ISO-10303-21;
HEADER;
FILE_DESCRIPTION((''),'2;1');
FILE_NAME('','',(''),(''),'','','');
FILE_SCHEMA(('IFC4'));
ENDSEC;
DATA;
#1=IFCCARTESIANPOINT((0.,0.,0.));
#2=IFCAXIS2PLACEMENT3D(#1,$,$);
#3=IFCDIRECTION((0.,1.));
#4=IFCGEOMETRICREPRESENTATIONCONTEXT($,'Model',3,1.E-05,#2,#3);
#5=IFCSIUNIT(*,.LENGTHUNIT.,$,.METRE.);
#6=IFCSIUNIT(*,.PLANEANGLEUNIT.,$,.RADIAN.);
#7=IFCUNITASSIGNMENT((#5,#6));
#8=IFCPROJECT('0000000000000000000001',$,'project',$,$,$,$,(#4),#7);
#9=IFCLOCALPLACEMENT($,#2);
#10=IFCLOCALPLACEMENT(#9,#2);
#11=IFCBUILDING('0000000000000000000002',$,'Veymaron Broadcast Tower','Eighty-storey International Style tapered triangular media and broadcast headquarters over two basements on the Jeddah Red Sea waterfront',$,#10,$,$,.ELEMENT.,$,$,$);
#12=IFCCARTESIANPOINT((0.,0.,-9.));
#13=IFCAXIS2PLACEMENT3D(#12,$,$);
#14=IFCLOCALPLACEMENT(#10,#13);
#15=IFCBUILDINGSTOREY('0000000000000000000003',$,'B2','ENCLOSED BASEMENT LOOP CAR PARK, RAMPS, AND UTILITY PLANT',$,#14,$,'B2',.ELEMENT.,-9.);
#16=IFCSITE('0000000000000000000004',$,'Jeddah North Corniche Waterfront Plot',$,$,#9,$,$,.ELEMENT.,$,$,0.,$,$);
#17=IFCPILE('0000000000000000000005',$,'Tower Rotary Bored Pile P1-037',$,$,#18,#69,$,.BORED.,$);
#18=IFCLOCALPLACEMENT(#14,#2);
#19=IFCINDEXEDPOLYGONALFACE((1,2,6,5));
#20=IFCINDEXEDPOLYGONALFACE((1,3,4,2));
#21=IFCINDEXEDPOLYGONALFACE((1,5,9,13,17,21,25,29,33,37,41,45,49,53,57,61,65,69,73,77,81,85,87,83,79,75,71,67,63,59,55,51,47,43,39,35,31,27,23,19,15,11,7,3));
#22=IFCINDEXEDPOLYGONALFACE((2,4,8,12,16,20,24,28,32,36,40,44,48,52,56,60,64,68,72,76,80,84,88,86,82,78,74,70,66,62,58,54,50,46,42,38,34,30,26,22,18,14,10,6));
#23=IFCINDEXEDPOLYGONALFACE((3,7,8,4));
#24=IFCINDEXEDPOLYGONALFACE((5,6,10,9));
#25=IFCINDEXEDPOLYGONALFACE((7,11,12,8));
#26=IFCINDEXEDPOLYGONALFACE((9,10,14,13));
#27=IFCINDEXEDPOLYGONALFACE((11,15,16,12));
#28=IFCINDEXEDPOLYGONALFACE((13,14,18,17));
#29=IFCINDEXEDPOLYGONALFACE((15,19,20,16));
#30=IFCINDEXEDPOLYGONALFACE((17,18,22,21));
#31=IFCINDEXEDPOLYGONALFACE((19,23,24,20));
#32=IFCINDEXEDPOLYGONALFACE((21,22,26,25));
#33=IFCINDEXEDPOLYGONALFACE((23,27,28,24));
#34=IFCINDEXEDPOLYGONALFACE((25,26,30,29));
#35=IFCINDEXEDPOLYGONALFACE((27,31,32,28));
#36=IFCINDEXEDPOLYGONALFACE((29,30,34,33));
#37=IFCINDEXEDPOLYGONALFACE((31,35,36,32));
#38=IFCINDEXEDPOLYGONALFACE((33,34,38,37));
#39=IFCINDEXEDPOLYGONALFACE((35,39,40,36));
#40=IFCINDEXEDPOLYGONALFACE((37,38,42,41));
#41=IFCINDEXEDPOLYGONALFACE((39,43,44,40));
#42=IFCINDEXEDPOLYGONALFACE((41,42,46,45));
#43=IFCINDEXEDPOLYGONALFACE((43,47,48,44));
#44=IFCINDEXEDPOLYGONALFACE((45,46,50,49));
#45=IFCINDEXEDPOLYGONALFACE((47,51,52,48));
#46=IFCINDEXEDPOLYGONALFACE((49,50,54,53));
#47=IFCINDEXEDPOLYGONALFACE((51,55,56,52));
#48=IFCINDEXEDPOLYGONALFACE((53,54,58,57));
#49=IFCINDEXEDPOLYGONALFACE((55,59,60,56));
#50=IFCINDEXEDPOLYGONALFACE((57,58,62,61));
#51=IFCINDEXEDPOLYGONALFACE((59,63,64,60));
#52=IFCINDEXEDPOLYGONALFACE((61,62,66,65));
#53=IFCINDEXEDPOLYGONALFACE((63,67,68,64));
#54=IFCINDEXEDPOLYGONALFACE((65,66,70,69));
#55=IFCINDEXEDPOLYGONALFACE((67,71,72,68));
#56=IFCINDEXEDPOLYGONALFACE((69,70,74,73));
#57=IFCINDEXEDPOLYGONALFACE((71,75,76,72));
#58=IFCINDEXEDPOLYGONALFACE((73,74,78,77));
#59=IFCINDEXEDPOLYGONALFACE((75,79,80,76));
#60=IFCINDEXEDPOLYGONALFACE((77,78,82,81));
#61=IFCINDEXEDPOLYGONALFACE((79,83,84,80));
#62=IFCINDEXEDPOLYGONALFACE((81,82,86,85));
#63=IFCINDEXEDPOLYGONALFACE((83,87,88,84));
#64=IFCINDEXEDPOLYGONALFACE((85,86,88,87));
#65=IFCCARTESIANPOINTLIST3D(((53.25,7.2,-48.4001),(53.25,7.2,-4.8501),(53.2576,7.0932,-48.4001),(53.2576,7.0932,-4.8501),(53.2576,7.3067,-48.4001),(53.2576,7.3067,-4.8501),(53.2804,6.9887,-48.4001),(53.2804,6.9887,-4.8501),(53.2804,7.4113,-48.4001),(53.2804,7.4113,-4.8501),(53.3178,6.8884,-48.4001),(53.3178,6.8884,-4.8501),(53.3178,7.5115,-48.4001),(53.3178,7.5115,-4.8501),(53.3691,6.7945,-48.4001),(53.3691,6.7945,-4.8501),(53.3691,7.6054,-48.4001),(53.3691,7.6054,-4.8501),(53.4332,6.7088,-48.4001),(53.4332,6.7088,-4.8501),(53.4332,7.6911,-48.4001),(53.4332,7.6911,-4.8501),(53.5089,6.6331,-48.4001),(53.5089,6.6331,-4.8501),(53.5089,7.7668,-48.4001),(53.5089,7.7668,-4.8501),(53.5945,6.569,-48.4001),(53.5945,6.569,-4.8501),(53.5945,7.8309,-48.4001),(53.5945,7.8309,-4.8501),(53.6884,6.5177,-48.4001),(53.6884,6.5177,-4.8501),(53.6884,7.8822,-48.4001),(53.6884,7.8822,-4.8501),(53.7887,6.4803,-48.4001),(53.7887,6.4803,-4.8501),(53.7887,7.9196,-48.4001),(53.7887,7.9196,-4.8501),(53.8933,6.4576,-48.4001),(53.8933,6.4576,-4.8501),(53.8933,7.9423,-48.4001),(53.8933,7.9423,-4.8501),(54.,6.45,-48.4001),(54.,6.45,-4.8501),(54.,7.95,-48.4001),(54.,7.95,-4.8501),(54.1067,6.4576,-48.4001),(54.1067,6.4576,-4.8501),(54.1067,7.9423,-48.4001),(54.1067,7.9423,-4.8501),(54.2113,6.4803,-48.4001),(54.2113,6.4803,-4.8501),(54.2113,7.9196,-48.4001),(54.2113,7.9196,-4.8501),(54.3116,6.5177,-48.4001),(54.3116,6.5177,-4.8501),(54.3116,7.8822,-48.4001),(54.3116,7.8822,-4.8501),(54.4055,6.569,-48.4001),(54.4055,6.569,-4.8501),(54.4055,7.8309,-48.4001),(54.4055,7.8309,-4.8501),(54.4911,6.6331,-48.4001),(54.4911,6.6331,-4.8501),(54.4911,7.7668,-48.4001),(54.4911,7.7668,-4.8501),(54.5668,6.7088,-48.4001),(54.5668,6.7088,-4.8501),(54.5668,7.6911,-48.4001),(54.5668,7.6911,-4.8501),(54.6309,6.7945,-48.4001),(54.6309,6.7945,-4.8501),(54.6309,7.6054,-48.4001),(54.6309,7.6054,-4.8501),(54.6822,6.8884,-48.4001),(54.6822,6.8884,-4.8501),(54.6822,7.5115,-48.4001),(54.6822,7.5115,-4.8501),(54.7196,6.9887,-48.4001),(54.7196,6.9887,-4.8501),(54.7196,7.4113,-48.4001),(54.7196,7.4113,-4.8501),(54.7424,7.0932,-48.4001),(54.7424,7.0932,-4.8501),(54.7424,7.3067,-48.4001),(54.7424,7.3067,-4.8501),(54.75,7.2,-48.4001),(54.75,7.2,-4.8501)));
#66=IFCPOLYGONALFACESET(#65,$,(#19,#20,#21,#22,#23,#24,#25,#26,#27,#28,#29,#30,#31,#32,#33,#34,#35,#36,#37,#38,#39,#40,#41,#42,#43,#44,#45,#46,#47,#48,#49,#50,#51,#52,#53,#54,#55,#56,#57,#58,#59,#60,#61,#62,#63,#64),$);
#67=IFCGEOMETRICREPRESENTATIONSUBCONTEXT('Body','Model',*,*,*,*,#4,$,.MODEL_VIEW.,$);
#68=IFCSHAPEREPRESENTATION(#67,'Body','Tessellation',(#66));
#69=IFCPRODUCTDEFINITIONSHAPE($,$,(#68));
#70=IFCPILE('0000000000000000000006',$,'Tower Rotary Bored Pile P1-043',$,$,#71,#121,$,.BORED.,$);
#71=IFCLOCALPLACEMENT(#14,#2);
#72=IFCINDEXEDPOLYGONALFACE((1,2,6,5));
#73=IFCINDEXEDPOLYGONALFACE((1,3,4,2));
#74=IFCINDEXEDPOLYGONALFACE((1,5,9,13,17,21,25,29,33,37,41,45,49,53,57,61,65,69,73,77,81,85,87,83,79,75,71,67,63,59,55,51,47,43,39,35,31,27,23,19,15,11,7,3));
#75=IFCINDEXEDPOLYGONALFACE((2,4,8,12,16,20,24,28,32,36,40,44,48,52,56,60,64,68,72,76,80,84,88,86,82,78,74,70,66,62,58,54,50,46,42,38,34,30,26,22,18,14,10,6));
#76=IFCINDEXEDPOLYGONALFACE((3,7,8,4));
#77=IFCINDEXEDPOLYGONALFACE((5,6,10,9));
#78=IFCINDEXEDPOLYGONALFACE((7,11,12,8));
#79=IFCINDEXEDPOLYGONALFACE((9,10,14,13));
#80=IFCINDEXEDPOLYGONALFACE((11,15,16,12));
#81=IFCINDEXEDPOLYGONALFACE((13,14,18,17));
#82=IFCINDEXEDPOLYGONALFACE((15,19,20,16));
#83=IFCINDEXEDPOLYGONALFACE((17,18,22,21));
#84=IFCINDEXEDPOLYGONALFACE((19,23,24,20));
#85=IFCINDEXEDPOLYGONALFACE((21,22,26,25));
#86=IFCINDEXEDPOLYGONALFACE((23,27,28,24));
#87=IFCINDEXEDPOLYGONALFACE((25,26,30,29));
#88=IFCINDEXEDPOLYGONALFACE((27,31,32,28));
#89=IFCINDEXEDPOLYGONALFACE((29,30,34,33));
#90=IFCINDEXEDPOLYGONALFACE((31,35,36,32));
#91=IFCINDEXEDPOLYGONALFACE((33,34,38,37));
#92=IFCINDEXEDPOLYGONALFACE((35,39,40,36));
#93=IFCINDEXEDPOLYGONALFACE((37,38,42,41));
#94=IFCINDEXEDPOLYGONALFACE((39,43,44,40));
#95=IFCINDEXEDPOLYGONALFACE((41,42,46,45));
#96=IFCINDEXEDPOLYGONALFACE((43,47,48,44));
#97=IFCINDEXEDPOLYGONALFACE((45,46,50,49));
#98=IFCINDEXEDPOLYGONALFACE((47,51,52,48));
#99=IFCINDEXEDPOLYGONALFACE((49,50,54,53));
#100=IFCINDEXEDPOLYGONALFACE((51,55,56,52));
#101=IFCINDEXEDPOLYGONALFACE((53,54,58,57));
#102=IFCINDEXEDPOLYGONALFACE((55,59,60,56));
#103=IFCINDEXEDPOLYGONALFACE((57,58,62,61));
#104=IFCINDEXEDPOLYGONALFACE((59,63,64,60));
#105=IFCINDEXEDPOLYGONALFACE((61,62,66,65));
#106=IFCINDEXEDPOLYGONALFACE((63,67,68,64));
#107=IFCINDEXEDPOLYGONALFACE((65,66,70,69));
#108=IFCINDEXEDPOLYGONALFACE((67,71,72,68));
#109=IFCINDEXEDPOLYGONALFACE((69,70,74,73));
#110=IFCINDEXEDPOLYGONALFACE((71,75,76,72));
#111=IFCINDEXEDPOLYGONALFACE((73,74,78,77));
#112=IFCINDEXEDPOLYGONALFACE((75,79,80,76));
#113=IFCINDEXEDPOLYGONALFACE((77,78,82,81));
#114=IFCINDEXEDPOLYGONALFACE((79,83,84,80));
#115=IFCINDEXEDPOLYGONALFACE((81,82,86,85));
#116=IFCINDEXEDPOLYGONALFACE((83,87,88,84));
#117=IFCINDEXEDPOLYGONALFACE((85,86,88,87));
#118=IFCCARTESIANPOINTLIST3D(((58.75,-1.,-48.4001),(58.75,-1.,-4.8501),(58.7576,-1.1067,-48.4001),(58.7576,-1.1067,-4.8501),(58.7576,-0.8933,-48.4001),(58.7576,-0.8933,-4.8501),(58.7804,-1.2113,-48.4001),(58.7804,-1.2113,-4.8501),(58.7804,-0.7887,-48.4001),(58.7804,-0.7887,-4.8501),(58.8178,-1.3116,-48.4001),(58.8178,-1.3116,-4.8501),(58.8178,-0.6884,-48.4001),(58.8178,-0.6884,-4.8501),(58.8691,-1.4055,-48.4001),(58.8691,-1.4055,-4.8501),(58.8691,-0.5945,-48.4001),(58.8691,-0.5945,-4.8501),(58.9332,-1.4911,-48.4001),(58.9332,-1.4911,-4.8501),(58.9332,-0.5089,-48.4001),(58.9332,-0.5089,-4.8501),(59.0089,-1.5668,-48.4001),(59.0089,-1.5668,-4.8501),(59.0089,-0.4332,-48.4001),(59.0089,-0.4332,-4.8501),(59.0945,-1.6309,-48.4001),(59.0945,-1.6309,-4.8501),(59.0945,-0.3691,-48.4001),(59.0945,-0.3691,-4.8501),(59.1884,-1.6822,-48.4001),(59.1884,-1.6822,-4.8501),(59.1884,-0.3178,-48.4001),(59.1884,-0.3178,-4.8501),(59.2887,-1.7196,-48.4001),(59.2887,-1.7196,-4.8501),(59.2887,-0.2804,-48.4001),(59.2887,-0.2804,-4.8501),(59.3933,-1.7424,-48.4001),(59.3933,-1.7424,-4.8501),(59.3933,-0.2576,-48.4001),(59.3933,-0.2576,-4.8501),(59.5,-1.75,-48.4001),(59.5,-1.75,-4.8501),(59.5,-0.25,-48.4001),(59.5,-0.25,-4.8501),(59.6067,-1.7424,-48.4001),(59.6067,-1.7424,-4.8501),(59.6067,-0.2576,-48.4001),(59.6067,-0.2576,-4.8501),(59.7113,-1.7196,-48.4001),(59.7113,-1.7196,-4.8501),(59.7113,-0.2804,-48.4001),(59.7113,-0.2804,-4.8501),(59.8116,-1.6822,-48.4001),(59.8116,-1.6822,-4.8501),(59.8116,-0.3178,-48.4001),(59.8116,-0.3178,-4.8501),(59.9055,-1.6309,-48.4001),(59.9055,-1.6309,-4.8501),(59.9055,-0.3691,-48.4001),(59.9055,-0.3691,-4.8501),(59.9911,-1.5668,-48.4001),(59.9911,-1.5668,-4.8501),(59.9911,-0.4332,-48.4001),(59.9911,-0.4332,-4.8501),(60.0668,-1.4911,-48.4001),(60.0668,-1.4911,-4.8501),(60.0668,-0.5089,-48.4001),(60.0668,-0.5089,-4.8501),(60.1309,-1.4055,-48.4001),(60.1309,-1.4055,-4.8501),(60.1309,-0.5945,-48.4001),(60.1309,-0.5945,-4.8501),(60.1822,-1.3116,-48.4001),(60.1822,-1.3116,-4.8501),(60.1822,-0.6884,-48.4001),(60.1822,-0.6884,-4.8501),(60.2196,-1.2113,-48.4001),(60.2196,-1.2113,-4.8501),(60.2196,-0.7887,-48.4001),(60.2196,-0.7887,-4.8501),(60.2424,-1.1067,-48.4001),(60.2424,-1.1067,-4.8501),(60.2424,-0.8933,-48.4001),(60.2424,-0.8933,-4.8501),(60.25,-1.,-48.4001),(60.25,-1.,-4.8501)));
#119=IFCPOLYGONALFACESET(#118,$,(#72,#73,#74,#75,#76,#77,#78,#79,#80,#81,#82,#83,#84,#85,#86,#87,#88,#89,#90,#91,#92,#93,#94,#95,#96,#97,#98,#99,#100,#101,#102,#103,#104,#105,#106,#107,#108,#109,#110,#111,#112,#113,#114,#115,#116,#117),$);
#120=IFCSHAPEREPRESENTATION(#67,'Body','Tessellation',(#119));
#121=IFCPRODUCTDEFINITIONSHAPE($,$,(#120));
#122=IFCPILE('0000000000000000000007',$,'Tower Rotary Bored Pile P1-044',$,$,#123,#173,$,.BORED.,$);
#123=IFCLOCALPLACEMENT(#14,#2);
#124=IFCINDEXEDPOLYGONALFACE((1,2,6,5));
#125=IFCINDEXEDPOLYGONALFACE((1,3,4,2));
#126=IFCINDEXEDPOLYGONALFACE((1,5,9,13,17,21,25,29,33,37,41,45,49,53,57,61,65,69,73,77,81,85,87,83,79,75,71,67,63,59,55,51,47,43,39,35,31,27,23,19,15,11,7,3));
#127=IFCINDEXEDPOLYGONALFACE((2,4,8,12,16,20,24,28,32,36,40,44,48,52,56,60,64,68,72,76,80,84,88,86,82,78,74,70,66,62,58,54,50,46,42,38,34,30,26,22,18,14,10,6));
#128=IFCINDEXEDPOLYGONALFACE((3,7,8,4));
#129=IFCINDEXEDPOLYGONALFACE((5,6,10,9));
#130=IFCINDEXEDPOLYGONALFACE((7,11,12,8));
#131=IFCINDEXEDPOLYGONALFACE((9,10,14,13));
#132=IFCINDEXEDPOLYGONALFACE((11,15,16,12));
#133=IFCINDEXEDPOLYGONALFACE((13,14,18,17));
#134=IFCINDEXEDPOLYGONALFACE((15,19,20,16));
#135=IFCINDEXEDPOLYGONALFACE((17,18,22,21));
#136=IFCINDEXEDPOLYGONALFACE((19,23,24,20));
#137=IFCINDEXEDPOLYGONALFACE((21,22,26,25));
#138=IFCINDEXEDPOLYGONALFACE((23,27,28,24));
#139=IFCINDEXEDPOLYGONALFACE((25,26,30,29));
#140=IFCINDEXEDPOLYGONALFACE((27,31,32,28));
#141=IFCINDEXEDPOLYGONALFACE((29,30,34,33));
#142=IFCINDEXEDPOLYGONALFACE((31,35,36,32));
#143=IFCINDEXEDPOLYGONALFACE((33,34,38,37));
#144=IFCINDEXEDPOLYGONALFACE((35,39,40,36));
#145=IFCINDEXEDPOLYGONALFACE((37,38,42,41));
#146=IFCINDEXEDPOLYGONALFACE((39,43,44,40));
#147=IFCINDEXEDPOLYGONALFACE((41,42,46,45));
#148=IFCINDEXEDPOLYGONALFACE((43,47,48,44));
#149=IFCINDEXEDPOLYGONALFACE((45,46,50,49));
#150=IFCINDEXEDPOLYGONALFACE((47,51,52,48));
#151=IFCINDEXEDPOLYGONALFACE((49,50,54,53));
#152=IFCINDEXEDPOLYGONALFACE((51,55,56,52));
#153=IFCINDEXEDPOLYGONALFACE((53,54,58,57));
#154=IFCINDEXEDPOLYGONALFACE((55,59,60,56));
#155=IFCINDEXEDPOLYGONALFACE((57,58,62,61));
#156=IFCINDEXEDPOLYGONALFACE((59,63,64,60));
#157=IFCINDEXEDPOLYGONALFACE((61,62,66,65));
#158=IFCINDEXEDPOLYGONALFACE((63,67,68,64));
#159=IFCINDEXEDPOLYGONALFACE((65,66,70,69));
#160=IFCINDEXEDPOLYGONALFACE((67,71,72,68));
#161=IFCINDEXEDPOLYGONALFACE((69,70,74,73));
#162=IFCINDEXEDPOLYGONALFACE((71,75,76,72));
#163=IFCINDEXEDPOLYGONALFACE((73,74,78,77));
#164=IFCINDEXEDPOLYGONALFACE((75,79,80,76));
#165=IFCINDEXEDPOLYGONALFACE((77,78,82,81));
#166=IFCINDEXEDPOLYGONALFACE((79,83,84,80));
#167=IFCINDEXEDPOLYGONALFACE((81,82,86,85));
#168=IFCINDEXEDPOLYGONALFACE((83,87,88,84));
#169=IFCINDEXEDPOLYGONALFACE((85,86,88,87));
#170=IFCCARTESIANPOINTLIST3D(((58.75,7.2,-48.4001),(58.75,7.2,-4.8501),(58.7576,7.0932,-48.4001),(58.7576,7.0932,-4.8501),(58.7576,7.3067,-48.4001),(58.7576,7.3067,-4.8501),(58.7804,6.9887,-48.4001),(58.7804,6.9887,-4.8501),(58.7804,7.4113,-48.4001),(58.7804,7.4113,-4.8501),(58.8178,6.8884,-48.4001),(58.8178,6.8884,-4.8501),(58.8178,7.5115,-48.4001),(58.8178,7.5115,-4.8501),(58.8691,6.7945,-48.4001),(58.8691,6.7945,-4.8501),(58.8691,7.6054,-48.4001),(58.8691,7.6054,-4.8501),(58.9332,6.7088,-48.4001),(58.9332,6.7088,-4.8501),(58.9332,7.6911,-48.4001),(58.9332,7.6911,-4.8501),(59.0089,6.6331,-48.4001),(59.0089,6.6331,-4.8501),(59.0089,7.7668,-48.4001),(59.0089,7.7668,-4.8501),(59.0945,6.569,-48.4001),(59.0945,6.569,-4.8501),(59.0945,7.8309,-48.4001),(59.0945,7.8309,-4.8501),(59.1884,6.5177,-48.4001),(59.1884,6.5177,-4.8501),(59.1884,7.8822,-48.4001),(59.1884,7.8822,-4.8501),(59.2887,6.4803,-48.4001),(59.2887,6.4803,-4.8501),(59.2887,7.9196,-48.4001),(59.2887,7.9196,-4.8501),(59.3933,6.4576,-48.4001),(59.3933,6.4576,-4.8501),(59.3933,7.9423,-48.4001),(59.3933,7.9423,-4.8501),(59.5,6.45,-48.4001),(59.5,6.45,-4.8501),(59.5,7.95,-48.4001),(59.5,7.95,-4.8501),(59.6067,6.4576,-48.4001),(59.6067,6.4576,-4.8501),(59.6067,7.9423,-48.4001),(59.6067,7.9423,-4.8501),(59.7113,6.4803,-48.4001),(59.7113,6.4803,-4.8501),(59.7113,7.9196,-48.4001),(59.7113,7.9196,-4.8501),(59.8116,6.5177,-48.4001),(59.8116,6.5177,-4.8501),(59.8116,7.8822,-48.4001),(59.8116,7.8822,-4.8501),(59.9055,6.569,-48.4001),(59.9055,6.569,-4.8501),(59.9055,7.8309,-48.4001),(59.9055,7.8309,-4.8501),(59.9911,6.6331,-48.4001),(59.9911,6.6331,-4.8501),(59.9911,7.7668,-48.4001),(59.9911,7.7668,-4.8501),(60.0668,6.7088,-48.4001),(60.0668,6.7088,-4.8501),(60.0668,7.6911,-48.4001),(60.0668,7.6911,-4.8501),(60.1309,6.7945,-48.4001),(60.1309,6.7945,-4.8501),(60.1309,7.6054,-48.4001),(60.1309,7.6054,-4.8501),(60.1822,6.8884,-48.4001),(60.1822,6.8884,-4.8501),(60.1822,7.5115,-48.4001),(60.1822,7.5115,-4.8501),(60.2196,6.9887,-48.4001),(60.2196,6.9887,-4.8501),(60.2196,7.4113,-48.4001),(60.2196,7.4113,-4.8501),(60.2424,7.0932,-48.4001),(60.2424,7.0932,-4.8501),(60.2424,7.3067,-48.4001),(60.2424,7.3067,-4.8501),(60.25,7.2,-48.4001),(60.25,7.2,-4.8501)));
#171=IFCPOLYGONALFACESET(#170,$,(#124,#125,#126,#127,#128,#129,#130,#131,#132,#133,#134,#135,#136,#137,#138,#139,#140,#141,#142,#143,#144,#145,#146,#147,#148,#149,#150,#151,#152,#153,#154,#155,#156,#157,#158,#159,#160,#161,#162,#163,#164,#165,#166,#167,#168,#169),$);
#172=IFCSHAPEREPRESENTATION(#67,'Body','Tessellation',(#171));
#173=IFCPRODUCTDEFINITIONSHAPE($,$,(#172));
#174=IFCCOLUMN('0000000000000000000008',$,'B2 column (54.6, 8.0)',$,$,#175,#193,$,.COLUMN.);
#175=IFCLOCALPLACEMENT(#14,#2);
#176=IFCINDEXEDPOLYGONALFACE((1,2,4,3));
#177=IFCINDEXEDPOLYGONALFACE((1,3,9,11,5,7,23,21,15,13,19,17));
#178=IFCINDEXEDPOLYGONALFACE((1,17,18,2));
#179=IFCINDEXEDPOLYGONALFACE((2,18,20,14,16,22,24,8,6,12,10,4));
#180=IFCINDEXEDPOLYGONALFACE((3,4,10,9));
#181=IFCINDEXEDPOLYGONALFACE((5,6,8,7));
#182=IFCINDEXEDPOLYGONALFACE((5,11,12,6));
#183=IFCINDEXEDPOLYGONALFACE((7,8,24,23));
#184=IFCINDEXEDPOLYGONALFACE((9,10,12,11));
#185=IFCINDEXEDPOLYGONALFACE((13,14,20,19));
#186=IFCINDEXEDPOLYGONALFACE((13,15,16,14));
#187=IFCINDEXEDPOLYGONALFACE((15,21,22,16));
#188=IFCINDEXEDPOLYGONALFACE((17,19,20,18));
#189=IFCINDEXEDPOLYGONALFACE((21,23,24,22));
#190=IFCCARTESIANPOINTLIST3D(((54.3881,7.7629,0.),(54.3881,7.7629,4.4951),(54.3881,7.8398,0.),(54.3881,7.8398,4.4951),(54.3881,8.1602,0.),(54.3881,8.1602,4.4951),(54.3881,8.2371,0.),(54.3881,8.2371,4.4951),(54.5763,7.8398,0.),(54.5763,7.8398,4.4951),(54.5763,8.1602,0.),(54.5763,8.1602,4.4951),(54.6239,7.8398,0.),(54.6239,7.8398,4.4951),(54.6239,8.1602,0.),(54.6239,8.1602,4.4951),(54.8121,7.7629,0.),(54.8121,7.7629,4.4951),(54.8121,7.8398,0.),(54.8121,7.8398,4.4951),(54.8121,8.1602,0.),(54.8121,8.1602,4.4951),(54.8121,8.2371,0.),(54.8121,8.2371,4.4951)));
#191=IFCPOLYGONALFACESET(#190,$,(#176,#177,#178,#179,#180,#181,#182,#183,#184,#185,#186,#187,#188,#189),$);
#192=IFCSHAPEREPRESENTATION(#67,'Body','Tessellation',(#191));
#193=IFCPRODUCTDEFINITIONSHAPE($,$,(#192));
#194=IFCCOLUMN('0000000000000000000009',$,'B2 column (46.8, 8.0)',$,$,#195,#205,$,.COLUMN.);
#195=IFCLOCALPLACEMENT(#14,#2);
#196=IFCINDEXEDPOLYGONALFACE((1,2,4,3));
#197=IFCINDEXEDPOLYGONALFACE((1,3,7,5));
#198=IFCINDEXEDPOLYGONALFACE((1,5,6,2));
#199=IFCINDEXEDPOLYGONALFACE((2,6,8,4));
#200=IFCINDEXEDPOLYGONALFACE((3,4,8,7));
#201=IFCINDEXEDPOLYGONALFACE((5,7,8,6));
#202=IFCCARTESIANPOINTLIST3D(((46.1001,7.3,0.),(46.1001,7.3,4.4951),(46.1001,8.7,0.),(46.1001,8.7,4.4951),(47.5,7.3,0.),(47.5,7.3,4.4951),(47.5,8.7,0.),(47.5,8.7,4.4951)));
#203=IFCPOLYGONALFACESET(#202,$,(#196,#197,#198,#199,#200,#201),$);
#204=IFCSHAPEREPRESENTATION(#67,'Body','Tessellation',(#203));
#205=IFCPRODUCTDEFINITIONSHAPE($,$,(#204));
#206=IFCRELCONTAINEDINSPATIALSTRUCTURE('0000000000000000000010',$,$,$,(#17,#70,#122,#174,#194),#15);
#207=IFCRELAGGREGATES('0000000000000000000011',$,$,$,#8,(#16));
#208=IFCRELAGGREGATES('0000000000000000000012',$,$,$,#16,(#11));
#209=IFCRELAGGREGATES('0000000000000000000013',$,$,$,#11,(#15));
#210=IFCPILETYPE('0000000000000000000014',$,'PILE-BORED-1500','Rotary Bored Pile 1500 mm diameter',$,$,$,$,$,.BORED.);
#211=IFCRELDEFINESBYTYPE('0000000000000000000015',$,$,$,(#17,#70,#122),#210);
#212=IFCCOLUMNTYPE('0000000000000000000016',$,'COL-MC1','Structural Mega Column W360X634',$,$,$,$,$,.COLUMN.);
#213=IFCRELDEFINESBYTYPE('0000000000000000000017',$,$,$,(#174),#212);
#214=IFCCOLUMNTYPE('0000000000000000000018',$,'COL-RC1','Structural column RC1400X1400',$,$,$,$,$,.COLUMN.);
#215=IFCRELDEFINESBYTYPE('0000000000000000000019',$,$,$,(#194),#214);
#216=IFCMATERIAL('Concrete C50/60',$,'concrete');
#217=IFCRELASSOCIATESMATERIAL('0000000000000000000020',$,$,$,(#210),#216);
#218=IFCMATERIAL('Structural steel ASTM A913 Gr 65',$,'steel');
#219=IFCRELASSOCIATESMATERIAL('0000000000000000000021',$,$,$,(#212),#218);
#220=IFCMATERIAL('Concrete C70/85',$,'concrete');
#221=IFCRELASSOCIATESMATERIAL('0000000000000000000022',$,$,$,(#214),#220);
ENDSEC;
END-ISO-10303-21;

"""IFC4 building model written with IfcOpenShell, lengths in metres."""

from ifc_helpers import new_model, si_unit, direction, frame, origin, origin_2d, place, context, subcontext, project, spatial, rectangle, circle, i_section, extrude, material, material_profile, profile_set, type_object, element, save


model = new_model("IFC4")

# Units and contexts
model_context = context("Model", 3, precision=1e-05, world=origin(), true_north=direction((0.0, 1.0)))
body_context = subcontext(model_context, "Body", "Model", "MODEL_VIEW")
ifc_project = project(units=[si_unit("LENGTHUNIT", "METRE"), si_unit("PLANEANGLEUNIT", "RADIAN")], contexts=[model_context])

# Site, building, storey
site_placement = place(None, origin())
site = spatial("IfcSite", under=ifc_project, at=site_placement, Name="Jeddah North Corniche Waterfront Plot", CompositionType="ELEMENT", RefElevation=0.0)
building_placement = place(site_placement, origin())
building = spatial("IfcBuilding", under=site, at=building_placement, Name="Veymaron Broadcast Tower", Description="Eighty-storey International Style tapered triangular media and broadcast headquarters over two basements on the Jeddah Red Sea waterfront", CompositionType="ELEMENT")
storey_placement = place(building_placement, frame((0.0, 0.0, -9.0)))
storey = spatial("IfcBuildingStorey", under=building, at=storey_placement, Name="B2", Description="ENCLOSED BASEMENT LOOP CAR PARK, RAMPS, AND UTILITY PLANT", LongName="B2", CompositionType="ELEMENT", Elevation=-9.0)

# Piles
ifc_material_1 = material(Name="Concrete C50/60", Category="concrete")
ifc_material_profile_1 = material_profile(ifc_material_1, circle(Radius=0.75, at=origin_2d()), Name="PILE1500")
ifc_profile_set_1 = profile_set([ifc_material_profile_1], Name="Concrete C50/60")
pile_type = type_object("IfcPileType", Name="PILE-BORED-1500", Description="Rotary Bored Pile 1500 mm diameter", PredefinedType="BORED", material=ifc_profile_set_1)
for number, where, z_axis, x_axis, name in (
    (1, (54.0, 7.2, -4.8501), (0.0, 0.0, -1.0), (1.0, 0.0, 0.0), "Tower Rotary Bored Pile P1-037"),
    (2, (59.5, -1.0, -4.8501), (0.0, 0.0, -1.0), (1.0, 0.0, 0.0), "Tower Rotary Bored Pile P1-043"),
    (3, (59.5, 7.2, -4.8501), (0.0, 0.0, -1.0), (1.0, 0.0, 0.0), "Tower Rotary Bored Pile P1-044"),
):
    element("IfcPile", number, at=place(storey_placement, frame(where, z_axis=z_axis, x_axis=x_axis)), inside=storey, type_object=pile_type, Name=name, PredefinedType="BORED", context=body_context, shape_type="SweptSolid", body=[
        extrude(circle(Radius=0.75, at=origin_2d()), origin(), (0.0, 0.0, 1.0), 43.55),
    ])

# Columns
ifc_material_2 = material(Name="Structural steel ASTM A913 Gr 65", Category="steel")
ifc_material_profile_2 = material_profile(ifc_material_2, i_section(OverallWidth=0.4241, OverallDepth=0.4741, WebThickness=0.0476, FlangeThickness=0.0769, at=origin_2d()), Name="W360X634")
ifc_profile_set_2 = profile_set([ifc_material_profile_2], Name="Structural steel ASTM A913 Gr 65")
column_type_1 = type_object("IfcColumnType", Name="COL-MC1", Description="Structural Mega Column W360X634", PredefinedType="COLUMN", material=ifc_profile_set_2)
column_1_placement = place(storey_placement, frame((54.6001, 8.0, 0.0), z_axis=(0.0, 0.0, 1.0), x_axis=(1.0, 0.0, 0.0)))
element("IfcColumn", 4, at=column_1_placement, inside=storey, type_object=column_type_1, Name="B2 column (54.6, 8.0)", PredefinedType="COLUMN", context=body_context, shape_type="SweptSolid", body=[
    extrude(i_section(OverallWidth=0.4241, OverallDepth=0.4741, WebThickness=0.0476, FlangeThickness=0.0769, at=origin_2d()), origin(), (0.0, 0.0, 1.0), 4.4951),
])
ifc_material_3 = material(Name="Concrete C70/85", Category="concrete")
ifc_material_profile_3 = material_profile(ifc_material_3, rectangle(XDim=1.3999, YDim=1.3999, at=origin_2d()), Name="RC1400X1400")
ifc_profile_set_3 = profile_set([ifc_material_profile_3], Name="Concrete C70/85")
column_type_2 = type_object("IfcColumnType", Name="COL-RC1", Description="Structural column RC1400X1400", PredefinedType="COLUMN", material=ifc_profile_set_3)
column_2_placement = place(storey_placement, frame((46.8, 8.0, 0.0), z_axis=(0.0, 0.0, 1.0), x_axis=(1.0, 0.0, 0.0)))
element("IfcColumn", 5, at=column_2_placement, inside=storey, type_object=column_type_2, Name="B2 column (46.8, 8.0)", PredefinedType="COLUMN", context=body_context, shape_type="SweptSolid", body=[
    extrude(rectangle(XDim=1.3999, YDim=1.3999, at=origin_2d()), origin(), (0.0, 0.0, 1.0), 4.4951),
])

save(model, "model.ifc")
